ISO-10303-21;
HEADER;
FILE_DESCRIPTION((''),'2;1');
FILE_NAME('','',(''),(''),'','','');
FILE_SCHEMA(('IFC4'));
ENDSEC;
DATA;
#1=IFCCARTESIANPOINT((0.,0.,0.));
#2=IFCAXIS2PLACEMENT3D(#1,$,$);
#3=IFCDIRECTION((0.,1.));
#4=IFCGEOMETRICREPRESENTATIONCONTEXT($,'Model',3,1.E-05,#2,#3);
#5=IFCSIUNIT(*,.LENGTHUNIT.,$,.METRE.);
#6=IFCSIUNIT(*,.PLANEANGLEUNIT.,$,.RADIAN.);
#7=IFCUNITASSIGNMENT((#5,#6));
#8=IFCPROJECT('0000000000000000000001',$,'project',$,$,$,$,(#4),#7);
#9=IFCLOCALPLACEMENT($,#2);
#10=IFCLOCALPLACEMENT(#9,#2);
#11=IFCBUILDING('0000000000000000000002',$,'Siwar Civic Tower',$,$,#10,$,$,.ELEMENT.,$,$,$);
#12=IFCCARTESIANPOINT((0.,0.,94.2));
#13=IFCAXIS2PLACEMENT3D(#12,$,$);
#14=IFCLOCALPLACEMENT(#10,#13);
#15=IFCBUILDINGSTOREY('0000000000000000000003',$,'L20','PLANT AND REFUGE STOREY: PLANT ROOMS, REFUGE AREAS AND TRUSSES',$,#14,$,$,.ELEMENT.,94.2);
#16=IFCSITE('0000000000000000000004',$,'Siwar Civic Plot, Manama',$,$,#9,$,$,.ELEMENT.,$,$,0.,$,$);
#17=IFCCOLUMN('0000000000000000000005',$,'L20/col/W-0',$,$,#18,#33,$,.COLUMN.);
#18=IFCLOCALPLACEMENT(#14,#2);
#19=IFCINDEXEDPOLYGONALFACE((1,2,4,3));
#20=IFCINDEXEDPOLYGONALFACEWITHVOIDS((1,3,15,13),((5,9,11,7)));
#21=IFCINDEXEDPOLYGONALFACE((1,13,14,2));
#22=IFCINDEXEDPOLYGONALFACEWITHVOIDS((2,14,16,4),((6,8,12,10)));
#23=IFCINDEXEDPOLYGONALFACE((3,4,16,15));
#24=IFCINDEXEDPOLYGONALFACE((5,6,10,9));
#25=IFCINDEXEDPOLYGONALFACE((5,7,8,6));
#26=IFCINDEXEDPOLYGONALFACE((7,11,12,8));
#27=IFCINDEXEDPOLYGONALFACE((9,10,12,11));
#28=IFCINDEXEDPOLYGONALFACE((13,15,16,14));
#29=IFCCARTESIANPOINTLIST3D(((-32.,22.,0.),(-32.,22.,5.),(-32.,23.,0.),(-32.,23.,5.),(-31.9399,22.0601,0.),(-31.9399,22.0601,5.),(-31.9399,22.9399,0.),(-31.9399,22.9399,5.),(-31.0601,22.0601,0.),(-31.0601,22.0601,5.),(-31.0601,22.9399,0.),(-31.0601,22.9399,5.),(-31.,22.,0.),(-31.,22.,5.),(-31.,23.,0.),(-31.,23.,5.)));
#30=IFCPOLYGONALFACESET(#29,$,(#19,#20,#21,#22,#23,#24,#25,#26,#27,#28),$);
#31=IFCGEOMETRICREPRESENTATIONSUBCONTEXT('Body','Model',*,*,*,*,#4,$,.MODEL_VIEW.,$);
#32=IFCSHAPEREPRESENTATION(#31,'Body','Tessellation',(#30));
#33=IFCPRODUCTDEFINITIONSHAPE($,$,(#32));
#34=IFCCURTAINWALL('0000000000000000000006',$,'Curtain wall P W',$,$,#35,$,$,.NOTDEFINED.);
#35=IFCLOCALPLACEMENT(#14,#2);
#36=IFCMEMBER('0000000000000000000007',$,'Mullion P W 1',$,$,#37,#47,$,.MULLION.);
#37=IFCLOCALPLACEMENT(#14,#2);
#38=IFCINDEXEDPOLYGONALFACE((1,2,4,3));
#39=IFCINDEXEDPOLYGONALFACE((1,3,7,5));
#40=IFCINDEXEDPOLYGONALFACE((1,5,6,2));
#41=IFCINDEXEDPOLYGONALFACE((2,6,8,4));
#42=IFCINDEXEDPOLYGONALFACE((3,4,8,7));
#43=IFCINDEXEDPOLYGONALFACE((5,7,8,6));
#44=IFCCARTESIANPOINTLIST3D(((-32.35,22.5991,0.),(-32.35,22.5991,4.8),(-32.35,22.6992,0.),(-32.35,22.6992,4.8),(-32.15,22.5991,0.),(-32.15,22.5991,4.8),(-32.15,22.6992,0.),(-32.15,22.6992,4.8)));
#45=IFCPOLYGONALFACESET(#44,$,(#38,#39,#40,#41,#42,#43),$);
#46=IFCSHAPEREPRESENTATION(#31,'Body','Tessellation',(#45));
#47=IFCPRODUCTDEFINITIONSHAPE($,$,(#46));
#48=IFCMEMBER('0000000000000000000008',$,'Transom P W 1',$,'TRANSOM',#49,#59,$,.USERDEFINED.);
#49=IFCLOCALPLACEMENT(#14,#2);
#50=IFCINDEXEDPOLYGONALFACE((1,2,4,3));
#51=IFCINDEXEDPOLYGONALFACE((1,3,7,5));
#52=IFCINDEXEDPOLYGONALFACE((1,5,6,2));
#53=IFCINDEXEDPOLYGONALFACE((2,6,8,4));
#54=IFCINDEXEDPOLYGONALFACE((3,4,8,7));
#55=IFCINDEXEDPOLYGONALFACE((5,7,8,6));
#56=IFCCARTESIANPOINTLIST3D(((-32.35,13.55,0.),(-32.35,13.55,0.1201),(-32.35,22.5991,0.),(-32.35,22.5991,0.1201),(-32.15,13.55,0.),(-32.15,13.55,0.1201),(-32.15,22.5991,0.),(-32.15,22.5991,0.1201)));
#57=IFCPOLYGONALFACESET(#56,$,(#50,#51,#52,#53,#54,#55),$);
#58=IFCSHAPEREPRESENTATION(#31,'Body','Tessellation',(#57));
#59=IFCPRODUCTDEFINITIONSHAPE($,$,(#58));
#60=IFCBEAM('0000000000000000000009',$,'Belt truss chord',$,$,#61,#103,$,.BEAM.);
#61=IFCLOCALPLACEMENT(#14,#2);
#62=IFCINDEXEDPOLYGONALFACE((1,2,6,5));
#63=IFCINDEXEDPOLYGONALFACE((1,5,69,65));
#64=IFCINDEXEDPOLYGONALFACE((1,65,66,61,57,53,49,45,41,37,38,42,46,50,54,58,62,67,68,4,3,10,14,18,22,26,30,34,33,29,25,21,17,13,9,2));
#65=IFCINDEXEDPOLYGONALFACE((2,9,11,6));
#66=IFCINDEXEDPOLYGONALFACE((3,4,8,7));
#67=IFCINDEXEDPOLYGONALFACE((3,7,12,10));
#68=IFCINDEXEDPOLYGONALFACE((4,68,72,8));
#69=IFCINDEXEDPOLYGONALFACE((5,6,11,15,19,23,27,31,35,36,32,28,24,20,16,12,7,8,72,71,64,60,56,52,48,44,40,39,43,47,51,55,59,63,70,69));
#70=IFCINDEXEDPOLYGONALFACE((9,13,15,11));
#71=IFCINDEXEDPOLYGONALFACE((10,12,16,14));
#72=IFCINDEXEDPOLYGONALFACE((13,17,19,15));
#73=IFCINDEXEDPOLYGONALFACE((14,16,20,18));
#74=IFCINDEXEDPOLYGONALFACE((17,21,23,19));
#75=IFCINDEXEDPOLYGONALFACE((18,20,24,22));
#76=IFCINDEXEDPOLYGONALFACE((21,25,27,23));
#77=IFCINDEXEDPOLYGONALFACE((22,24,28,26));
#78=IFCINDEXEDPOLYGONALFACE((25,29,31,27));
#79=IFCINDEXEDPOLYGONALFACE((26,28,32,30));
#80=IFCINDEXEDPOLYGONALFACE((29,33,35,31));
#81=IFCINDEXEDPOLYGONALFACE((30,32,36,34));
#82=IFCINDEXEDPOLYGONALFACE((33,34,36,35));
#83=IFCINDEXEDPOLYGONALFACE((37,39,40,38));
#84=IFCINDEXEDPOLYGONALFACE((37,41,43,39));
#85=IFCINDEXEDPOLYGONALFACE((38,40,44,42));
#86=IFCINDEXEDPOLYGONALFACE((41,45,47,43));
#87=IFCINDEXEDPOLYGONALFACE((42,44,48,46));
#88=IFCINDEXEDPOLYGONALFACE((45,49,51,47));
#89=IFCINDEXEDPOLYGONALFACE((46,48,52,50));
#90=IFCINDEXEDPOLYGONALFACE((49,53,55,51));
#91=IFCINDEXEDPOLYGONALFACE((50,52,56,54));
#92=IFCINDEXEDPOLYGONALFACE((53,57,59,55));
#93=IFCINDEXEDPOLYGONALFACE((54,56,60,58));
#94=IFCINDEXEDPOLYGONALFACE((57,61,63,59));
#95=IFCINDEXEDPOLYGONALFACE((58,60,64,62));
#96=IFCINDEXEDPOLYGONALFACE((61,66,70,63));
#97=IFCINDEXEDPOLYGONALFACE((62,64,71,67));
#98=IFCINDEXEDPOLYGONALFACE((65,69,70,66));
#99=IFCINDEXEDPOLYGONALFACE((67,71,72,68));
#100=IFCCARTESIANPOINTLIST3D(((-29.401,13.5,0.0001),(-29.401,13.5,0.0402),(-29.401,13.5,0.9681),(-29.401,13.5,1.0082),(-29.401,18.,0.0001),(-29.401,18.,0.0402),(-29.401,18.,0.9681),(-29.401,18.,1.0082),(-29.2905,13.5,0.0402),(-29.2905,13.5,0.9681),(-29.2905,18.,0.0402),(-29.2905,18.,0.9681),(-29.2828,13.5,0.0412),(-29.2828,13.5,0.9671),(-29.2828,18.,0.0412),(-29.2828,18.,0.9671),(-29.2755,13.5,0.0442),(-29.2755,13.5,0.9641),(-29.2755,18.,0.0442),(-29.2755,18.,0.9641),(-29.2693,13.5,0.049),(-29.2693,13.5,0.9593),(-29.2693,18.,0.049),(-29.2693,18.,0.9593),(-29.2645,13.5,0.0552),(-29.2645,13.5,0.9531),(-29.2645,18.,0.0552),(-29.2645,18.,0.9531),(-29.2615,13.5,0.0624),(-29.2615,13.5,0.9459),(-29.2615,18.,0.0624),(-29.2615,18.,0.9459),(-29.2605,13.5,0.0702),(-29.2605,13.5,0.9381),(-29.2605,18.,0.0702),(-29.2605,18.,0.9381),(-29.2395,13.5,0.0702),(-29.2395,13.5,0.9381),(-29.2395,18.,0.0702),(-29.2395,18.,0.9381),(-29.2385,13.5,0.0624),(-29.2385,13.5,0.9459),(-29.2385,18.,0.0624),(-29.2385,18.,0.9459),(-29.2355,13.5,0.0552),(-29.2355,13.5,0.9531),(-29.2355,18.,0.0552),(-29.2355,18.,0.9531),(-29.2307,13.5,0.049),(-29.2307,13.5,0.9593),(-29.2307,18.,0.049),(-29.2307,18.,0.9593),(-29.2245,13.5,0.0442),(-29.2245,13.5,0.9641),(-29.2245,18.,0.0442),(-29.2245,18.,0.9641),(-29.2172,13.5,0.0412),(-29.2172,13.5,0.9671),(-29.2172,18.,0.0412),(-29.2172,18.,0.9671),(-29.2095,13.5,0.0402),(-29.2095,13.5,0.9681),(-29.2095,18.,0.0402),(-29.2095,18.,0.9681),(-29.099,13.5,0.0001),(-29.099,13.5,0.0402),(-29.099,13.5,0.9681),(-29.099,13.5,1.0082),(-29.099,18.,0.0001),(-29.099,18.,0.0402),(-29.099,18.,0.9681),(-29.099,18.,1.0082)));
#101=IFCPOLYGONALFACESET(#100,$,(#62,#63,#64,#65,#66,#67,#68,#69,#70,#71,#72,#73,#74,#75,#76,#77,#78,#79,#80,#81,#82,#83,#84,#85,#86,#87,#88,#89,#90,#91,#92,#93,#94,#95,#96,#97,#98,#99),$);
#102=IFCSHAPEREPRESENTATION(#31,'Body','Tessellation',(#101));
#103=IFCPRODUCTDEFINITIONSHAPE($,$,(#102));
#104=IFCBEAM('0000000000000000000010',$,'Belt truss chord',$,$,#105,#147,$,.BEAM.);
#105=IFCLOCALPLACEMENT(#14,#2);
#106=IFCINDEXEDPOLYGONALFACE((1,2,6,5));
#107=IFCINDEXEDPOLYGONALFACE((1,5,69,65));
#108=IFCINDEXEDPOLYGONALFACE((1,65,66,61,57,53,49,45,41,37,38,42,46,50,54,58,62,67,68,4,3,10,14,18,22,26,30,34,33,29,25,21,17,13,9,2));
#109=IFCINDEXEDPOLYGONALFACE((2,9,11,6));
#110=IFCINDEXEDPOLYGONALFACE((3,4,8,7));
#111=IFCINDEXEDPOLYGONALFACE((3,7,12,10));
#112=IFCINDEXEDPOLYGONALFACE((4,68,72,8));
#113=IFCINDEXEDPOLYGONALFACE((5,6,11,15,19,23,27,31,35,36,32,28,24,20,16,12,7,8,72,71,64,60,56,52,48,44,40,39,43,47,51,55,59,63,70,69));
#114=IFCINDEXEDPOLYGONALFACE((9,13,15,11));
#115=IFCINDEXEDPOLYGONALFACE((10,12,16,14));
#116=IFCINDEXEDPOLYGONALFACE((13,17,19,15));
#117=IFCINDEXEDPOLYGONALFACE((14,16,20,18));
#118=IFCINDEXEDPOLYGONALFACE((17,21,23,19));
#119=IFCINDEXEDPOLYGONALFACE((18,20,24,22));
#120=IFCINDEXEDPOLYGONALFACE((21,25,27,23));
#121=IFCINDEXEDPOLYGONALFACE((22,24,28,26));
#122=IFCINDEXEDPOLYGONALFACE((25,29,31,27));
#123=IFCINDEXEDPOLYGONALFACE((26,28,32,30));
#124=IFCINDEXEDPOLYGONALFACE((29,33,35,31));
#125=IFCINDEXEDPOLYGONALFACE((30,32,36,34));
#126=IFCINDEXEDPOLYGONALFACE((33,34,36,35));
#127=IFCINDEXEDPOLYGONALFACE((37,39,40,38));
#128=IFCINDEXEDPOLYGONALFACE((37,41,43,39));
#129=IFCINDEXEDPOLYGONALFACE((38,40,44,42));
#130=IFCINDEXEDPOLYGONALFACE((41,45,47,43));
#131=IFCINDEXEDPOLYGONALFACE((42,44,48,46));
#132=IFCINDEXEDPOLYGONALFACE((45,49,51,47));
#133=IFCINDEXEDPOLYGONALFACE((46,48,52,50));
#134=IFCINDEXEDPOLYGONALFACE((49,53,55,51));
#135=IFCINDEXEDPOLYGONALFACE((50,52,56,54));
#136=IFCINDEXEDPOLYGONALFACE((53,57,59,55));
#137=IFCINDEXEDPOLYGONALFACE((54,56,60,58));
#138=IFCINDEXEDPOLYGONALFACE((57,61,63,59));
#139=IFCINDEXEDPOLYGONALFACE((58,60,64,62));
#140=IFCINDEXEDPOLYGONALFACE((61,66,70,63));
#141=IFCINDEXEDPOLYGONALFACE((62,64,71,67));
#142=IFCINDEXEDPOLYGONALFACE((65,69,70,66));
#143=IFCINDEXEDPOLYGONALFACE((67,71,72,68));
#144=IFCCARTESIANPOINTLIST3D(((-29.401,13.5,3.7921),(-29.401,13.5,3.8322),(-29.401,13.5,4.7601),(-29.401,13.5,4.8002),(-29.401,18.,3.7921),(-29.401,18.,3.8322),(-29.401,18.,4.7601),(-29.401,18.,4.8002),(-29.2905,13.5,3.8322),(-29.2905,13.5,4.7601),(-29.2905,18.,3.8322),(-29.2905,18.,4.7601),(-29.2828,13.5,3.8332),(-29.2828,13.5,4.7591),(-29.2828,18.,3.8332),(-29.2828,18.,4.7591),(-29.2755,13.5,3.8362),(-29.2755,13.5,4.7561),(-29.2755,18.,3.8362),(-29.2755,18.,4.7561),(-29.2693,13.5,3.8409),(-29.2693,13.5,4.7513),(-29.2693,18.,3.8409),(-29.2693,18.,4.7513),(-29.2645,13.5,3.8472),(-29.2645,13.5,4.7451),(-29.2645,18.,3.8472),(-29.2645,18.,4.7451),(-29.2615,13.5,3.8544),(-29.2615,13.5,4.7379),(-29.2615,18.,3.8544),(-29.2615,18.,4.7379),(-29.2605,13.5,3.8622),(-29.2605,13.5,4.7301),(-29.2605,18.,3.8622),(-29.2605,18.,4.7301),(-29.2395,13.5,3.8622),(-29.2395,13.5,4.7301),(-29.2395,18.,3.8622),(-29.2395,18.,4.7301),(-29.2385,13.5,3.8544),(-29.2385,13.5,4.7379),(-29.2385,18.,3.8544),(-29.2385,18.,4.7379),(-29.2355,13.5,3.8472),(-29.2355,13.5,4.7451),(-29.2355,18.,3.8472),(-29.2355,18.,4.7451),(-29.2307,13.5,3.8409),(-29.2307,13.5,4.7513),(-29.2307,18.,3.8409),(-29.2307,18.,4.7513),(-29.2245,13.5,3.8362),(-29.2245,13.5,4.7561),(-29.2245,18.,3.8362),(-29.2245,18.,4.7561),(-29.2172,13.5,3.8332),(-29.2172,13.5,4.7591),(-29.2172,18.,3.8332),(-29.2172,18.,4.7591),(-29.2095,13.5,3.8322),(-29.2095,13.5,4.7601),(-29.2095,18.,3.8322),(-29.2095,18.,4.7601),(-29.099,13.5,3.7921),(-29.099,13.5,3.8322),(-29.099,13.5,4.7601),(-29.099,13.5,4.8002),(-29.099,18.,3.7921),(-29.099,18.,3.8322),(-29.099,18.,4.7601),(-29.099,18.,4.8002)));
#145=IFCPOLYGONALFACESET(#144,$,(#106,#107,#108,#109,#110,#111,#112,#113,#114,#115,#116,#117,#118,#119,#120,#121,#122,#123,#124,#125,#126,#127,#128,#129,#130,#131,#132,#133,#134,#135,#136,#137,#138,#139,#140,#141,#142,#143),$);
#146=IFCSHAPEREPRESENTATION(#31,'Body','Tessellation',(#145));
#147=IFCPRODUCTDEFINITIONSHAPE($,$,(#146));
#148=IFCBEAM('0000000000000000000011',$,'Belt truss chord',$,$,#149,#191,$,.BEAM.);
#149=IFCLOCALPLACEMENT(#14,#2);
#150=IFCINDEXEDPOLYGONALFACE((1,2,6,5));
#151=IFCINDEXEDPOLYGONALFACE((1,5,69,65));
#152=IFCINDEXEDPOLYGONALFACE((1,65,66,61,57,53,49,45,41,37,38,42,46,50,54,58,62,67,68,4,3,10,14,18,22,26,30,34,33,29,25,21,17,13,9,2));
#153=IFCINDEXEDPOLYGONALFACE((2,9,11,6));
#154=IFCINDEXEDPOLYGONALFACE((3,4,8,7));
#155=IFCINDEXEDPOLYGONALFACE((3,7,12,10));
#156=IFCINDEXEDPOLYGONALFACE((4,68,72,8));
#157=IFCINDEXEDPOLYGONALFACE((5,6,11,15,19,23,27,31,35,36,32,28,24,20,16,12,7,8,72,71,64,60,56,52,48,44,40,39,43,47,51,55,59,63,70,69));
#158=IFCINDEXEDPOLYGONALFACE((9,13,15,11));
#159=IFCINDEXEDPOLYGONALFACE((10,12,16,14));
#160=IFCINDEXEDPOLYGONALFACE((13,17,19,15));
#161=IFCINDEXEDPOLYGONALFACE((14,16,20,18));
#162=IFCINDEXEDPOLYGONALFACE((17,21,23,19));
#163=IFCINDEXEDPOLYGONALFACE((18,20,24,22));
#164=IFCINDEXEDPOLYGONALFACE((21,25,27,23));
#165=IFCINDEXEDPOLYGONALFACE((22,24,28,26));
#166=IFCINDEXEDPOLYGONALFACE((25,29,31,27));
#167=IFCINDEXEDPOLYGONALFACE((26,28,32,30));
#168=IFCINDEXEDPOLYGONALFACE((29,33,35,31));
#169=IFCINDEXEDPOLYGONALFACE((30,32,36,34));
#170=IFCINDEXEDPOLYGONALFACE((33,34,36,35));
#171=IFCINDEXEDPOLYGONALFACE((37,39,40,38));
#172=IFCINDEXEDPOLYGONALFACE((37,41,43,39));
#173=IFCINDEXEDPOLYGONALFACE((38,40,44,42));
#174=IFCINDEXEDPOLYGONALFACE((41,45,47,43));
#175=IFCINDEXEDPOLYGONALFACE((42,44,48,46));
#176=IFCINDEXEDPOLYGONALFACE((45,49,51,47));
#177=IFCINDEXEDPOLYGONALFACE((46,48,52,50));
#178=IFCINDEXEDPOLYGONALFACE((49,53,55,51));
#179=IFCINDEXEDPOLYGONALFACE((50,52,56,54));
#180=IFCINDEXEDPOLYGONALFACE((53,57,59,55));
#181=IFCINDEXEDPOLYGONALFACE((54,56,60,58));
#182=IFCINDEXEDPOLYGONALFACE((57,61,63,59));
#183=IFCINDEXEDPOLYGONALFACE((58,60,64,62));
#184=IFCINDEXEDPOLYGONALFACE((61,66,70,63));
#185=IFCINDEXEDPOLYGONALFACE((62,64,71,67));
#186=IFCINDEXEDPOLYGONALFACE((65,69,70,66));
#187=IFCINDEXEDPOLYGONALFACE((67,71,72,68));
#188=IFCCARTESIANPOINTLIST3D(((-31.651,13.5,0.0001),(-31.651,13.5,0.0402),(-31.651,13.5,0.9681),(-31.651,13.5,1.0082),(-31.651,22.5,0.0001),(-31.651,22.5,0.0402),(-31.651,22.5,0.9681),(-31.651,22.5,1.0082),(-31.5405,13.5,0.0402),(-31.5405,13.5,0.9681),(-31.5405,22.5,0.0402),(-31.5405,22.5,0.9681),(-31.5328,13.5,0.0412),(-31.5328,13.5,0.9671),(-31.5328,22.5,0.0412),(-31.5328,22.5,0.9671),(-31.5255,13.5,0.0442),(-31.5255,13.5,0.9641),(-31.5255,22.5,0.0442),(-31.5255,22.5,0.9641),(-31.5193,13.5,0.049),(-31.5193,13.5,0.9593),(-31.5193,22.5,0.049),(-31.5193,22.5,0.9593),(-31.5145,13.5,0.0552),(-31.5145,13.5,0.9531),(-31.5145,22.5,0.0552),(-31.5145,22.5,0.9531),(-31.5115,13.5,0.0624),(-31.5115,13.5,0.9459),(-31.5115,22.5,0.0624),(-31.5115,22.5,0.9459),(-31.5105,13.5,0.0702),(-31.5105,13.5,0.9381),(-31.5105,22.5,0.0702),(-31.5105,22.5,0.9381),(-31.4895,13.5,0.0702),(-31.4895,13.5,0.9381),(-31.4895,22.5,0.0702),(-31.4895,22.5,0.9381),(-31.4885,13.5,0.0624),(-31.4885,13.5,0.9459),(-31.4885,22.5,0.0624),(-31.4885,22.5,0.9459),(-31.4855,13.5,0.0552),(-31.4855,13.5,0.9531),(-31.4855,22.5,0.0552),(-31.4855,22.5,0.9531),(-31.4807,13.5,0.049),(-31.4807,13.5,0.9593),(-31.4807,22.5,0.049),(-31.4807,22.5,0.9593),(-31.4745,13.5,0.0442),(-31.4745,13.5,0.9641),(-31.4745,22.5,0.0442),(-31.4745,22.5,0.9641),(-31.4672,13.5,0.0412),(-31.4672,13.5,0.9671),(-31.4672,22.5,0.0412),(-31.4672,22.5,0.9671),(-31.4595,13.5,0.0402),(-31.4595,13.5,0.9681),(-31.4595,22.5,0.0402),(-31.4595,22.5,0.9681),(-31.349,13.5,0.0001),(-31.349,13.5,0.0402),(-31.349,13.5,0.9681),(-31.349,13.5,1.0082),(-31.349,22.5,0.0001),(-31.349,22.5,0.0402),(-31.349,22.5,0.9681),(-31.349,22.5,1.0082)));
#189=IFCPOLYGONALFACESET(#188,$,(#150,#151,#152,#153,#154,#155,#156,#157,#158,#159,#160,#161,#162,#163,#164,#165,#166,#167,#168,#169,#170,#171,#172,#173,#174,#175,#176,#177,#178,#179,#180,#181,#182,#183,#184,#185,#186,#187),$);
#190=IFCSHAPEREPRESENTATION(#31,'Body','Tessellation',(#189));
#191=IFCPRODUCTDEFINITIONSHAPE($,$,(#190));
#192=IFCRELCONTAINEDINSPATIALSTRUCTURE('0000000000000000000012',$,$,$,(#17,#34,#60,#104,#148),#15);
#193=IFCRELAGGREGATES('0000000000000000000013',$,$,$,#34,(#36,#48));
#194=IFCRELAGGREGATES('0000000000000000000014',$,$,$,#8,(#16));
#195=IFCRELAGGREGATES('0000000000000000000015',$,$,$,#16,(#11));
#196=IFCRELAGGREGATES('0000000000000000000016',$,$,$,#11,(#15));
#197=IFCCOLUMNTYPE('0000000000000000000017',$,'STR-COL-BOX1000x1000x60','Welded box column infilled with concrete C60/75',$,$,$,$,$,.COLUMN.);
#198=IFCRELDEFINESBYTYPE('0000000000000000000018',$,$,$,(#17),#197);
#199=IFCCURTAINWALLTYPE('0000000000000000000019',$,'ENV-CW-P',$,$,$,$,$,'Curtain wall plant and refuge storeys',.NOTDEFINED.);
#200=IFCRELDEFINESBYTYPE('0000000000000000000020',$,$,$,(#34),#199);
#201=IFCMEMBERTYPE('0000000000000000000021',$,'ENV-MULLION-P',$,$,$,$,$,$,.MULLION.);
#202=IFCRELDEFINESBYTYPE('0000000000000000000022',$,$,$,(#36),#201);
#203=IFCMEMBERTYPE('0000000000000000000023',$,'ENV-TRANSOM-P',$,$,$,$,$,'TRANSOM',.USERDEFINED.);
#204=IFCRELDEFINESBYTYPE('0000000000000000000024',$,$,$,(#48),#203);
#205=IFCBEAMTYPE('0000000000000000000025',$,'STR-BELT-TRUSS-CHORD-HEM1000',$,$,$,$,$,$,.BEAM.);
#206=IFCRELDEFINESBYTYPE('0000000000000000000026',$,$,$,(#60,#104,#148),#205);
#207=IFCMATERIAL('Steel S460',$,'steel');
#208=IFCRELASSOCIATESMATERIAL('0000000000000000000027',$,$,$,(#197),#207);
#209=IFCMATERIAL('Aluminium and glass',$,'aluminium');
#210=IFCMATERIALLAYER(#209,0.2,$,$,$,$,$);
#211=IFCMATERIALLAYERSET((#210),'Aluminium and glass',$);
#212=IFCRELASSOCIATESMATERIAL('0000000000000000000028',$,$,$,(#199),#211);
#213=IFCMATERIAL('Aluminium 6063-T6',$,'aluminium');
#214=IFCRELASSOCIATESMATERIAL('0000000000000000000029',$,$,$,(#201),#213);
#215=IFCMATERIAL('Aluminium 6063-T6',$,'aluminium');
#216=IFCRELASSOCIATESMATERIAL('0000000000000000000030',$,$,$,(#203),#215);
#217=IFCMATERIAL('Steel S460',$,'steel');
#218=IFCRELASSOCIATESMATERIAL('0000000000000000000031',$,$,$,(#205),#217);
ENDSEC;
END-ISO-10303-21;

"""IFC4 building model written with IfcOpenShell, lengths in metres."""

from ifc_helpers import new_model, si_unit, direction, frame, origin, origin_2d, place, context, subcontext, project, spatial, rectangle, hollow_rectangle, i_section, extrude, material, layer, layer_set, material_profile, profile_set, type_object, element, aggregate, save


model = new_model("IFC4")

# Units and contexts
model_context = context("Model", 3, precision=1e-05, world=origin(), true_north=direction((0.0, 1.0)))
body_context = subcontext(model_context, "Body", "Model", "MODEL_VIEW")
ifc_project = project(units=[si_unit("LENGTHUNIT", "METRE"), si_unit("PLANEANGLEUNIT", "RADIAN")], contexts=[model_context])

# Site, building, storey
site_placement = place(None, origin())
site = spatial("IfcSite", under=ifc_project, at=site_placement, Name="Siwar Civic Plot, Manama", CompositionType="ELEMENT", RefElevation=0.0)
building_placement = place(site_placement, origin())
building = spatial("IfcBuilding", under=site, at=building_placement, Name="Siwar Civic Tower", CompositionType="ELEMENT")
storey_placement = place(building_placement, frame((0.0, 0.0, 94.2)))
storey = spatial("IfcBuildingStorey", under=building, at=storey_placement, Name="L20", Description="PLANT AND REFUGE STOREY: PLANT ROOMS, REFUGE AREAS AND TRUSSES", CompositionType="ELEMENT", Elevation=94.2)

# Column
ifc_material_1 = material(Name="Steel S460", Category="steel")
ifc_material_profile_1 = material_profile(ifc_material_1, hollow_rectangle(XDim=1.0, YDim=1.0, WallThickness=0.0601, at=origin_2d()), Name="BOX1000x1000x60")
ifc_profile_set_1 = profile_set([ifc_material_profile_1], Name="Steel S460")
column_type = type_object("IfcColumnType", Name="STR-COL-BOX1000x1000x60", Description="Welded box column infilled with concrete C60/75", PredefinedType="COLUMN", material=ifc_profile_set_1)
column_placement = place(storey_placement, frame((-31.5, 22.5, 0.0), z_axis=(0.0, 0.0, 1.0), x_axis=(1.0, 0.0, 0.0)))
element("IfcColumn", 1, at=column_placement, inside=storey, type_object=column_type, Name="L20/col/W-0", PredefinedType="COLUMN", context=body_context, shape_type="SweptSolid", body=[
    extrude(hollow_rectangle(XDim=1.0, YDim=1.0, WallThickness=0.0601, at=origin_2d()), origin(), (0.0, 0.0, 1.0), 5.0),
])

# Curtain wall, members
ifc_material_2 = material(Name="Aluminium and glass", Category="aluminium")
ifc_layer_1 = layer(ifc_material_2, 0.2)
ifc_layer_set_1 = layer_set([ifc_layer_1], Name="Aluminium and glass")
curtain_wall_type = type_object("IfcCurtainWallType", Name="ENV-CW-P", ElementType="Curtain wall plant and refuge storeys", PredefinedType="NOTDEFINED", material=ifc_layer_set_1)
curtain_wall_placement = place(storey_placement, origin())
curtain_wall = element("IfcCurtainWall", 2, at=curtain_wall_placement, inside=storey, type_object=curtain_wall_type, Name="Curtain wall P W", PredefinedType="NOTDEFINED")
ifc_material_3 = material(Name="Aluminium 6063-T6", Category="aluminium")
ifc_material_profile_2 = material_profile(ifc_material_3, rectangle(XDim=0.2, YDim=0.1001, at=origin_2d()), Name="AL 200x100")
ifc_profile_set_2 = profile_set([ifc_material_profile_2], Name="Aluminium 6063-T6")
member_type_1 = type_object("IfcMemberType", Name="ENV-MULLION-P", PredefinedType="MULLION", material=ifc_profile_set_2)
member_1_placement = place(storey_placement, frame((-32.25, 22.6492, 0.0), z_axis=(0.0, 0.0, 1.0), x_axis=(1.0, 0.0, 0.0)))
member_1 = element("IfcMember", 3, at=member_1_placement, type_object=member_type_1, Name="Mullion P W 1", PredefinedType="MULLION", context=body_context, shape_type="SweptSolid", body=[
    extrude(rectangle(XDim=0.2, YDim=0.1001, at=origin_2d()), origin(), (0.0, 0.0, 1.0), 4.8),
])
ifc_material_4 = material(Name="Aluminium 6063-T6", Category="aluminium")
ifc_material_profile_3 = material_profile(ifc_material_4, rectangle(XDim=0.2, YDim=0.1201, at=origin_2d()), Name="AL 200x120")
ifc_profile_set_3 = profile_set([ifc_material_profile_3], Name="Aluminium 6063-T6")
member_type_2 = type_object("IfcMemberType", Name="ENV-TRANSOM-P", ElementType="TRANSOM", PredefinedType="USERDEFINED", material=ifc_profile_set_3)
member_2_placement = place(storey_placement, frame((-32.25, 22.5991, 0.0601), z_axis=(0.0, -1.0, 0.0), x_axis=(1.0, 0.0, 0.0)))
member_2 = element("IfcMember", 4, at=member_2_placement, type_object=member_type_2, Name="Transom P W 1", ObjectType="TRANSOM", PredefinedType="USERDEFINED", context=body_context, shape_type="SweptSolid", body=[
    extrude(rectangle(XDim=0.2, YDim=0.1201, at=origin_2d()), origin(), (0.0, 0.0, 1.0), 9.0491),
])

# Beams
ifc_material_5 = material(Name="Steel S460", Category="steel")
ifc_material_profile_4 = material_profile(ifc_material_5, i_section(OverallWidth=0.302, OverallDepth=1.0081, WebThickness=0.021, FlangeThickness=0.04, FilletRadius=0.03, at=origin_2d()), Name="HEM1000")
ifc_profile_set_4 = profile_set([ifc_material_profile_4], Name="Steel S460")
beam_type_1 = type_object("IfcBeamType", Name="STR-BELT-TRUSS-CHORD-HEM1000", PredefinedType="BEAM", material=ifc_profile_set_4)
for number, where, z_axis, x_axis, name in (
    (5, (-29.25, 18.0, 0.5042), (0.0, -1.0, 0.0), (1.0, 0.0, 0.0), "Belt truss chord"),
    (6, (-29.25, 18.0, 4.2961), (0.0, -1.0, 0.0), (1.0, 0.0, 0.0), "Belt truss chord"),
):
    element("IfcBeam", number, at=place(storey_placement, frame(where, z_axis=z_axis, x_axis=x_axis)), inside=storey, type_object=beam_type_1, Name=name, PredefinedType="BEAM", context=body_context, shape_type="SweptSolid", body=[
        extrude(i_section(OverallWidth=0.302, OverallDepth=1.0081, WebThickness=0.021, FlangeThickness=0.04, FilletRadius=0.03, at=origin_2d()), origin(), (0.0, 0.0, 1.0), 4.5),
    ])
for number, where, z_axis, x_axis, name in (
    (7, (-31.5, 22.5, 0.5042), (0.0, -1.0, 0.0), (1.0, 0.0, 0.0), "Belt truss chord"),
):
    element("IfcBeam", number, at=place(storey_placement, frame(where, z_axis=z_axis, x_axis=x_axis)), inside=storey, type_object=beam_type_1, Name=name, PredefinedType="BEAM", context=body_context, shape_type="SweptSolid", body=[
        extrude(i_section(OverallWidth=0.302, OverallDepth=1.0081, WebThickness=0.021, FlangeThickness=0.04, FilletRadius=0.03, at=origin_2d()), origin(), (0.0, 0.0, 1.0), 9.0),
    ])

aggregate(curtain_wall, [member_1, member_2])

save(model, "model.ifc")
